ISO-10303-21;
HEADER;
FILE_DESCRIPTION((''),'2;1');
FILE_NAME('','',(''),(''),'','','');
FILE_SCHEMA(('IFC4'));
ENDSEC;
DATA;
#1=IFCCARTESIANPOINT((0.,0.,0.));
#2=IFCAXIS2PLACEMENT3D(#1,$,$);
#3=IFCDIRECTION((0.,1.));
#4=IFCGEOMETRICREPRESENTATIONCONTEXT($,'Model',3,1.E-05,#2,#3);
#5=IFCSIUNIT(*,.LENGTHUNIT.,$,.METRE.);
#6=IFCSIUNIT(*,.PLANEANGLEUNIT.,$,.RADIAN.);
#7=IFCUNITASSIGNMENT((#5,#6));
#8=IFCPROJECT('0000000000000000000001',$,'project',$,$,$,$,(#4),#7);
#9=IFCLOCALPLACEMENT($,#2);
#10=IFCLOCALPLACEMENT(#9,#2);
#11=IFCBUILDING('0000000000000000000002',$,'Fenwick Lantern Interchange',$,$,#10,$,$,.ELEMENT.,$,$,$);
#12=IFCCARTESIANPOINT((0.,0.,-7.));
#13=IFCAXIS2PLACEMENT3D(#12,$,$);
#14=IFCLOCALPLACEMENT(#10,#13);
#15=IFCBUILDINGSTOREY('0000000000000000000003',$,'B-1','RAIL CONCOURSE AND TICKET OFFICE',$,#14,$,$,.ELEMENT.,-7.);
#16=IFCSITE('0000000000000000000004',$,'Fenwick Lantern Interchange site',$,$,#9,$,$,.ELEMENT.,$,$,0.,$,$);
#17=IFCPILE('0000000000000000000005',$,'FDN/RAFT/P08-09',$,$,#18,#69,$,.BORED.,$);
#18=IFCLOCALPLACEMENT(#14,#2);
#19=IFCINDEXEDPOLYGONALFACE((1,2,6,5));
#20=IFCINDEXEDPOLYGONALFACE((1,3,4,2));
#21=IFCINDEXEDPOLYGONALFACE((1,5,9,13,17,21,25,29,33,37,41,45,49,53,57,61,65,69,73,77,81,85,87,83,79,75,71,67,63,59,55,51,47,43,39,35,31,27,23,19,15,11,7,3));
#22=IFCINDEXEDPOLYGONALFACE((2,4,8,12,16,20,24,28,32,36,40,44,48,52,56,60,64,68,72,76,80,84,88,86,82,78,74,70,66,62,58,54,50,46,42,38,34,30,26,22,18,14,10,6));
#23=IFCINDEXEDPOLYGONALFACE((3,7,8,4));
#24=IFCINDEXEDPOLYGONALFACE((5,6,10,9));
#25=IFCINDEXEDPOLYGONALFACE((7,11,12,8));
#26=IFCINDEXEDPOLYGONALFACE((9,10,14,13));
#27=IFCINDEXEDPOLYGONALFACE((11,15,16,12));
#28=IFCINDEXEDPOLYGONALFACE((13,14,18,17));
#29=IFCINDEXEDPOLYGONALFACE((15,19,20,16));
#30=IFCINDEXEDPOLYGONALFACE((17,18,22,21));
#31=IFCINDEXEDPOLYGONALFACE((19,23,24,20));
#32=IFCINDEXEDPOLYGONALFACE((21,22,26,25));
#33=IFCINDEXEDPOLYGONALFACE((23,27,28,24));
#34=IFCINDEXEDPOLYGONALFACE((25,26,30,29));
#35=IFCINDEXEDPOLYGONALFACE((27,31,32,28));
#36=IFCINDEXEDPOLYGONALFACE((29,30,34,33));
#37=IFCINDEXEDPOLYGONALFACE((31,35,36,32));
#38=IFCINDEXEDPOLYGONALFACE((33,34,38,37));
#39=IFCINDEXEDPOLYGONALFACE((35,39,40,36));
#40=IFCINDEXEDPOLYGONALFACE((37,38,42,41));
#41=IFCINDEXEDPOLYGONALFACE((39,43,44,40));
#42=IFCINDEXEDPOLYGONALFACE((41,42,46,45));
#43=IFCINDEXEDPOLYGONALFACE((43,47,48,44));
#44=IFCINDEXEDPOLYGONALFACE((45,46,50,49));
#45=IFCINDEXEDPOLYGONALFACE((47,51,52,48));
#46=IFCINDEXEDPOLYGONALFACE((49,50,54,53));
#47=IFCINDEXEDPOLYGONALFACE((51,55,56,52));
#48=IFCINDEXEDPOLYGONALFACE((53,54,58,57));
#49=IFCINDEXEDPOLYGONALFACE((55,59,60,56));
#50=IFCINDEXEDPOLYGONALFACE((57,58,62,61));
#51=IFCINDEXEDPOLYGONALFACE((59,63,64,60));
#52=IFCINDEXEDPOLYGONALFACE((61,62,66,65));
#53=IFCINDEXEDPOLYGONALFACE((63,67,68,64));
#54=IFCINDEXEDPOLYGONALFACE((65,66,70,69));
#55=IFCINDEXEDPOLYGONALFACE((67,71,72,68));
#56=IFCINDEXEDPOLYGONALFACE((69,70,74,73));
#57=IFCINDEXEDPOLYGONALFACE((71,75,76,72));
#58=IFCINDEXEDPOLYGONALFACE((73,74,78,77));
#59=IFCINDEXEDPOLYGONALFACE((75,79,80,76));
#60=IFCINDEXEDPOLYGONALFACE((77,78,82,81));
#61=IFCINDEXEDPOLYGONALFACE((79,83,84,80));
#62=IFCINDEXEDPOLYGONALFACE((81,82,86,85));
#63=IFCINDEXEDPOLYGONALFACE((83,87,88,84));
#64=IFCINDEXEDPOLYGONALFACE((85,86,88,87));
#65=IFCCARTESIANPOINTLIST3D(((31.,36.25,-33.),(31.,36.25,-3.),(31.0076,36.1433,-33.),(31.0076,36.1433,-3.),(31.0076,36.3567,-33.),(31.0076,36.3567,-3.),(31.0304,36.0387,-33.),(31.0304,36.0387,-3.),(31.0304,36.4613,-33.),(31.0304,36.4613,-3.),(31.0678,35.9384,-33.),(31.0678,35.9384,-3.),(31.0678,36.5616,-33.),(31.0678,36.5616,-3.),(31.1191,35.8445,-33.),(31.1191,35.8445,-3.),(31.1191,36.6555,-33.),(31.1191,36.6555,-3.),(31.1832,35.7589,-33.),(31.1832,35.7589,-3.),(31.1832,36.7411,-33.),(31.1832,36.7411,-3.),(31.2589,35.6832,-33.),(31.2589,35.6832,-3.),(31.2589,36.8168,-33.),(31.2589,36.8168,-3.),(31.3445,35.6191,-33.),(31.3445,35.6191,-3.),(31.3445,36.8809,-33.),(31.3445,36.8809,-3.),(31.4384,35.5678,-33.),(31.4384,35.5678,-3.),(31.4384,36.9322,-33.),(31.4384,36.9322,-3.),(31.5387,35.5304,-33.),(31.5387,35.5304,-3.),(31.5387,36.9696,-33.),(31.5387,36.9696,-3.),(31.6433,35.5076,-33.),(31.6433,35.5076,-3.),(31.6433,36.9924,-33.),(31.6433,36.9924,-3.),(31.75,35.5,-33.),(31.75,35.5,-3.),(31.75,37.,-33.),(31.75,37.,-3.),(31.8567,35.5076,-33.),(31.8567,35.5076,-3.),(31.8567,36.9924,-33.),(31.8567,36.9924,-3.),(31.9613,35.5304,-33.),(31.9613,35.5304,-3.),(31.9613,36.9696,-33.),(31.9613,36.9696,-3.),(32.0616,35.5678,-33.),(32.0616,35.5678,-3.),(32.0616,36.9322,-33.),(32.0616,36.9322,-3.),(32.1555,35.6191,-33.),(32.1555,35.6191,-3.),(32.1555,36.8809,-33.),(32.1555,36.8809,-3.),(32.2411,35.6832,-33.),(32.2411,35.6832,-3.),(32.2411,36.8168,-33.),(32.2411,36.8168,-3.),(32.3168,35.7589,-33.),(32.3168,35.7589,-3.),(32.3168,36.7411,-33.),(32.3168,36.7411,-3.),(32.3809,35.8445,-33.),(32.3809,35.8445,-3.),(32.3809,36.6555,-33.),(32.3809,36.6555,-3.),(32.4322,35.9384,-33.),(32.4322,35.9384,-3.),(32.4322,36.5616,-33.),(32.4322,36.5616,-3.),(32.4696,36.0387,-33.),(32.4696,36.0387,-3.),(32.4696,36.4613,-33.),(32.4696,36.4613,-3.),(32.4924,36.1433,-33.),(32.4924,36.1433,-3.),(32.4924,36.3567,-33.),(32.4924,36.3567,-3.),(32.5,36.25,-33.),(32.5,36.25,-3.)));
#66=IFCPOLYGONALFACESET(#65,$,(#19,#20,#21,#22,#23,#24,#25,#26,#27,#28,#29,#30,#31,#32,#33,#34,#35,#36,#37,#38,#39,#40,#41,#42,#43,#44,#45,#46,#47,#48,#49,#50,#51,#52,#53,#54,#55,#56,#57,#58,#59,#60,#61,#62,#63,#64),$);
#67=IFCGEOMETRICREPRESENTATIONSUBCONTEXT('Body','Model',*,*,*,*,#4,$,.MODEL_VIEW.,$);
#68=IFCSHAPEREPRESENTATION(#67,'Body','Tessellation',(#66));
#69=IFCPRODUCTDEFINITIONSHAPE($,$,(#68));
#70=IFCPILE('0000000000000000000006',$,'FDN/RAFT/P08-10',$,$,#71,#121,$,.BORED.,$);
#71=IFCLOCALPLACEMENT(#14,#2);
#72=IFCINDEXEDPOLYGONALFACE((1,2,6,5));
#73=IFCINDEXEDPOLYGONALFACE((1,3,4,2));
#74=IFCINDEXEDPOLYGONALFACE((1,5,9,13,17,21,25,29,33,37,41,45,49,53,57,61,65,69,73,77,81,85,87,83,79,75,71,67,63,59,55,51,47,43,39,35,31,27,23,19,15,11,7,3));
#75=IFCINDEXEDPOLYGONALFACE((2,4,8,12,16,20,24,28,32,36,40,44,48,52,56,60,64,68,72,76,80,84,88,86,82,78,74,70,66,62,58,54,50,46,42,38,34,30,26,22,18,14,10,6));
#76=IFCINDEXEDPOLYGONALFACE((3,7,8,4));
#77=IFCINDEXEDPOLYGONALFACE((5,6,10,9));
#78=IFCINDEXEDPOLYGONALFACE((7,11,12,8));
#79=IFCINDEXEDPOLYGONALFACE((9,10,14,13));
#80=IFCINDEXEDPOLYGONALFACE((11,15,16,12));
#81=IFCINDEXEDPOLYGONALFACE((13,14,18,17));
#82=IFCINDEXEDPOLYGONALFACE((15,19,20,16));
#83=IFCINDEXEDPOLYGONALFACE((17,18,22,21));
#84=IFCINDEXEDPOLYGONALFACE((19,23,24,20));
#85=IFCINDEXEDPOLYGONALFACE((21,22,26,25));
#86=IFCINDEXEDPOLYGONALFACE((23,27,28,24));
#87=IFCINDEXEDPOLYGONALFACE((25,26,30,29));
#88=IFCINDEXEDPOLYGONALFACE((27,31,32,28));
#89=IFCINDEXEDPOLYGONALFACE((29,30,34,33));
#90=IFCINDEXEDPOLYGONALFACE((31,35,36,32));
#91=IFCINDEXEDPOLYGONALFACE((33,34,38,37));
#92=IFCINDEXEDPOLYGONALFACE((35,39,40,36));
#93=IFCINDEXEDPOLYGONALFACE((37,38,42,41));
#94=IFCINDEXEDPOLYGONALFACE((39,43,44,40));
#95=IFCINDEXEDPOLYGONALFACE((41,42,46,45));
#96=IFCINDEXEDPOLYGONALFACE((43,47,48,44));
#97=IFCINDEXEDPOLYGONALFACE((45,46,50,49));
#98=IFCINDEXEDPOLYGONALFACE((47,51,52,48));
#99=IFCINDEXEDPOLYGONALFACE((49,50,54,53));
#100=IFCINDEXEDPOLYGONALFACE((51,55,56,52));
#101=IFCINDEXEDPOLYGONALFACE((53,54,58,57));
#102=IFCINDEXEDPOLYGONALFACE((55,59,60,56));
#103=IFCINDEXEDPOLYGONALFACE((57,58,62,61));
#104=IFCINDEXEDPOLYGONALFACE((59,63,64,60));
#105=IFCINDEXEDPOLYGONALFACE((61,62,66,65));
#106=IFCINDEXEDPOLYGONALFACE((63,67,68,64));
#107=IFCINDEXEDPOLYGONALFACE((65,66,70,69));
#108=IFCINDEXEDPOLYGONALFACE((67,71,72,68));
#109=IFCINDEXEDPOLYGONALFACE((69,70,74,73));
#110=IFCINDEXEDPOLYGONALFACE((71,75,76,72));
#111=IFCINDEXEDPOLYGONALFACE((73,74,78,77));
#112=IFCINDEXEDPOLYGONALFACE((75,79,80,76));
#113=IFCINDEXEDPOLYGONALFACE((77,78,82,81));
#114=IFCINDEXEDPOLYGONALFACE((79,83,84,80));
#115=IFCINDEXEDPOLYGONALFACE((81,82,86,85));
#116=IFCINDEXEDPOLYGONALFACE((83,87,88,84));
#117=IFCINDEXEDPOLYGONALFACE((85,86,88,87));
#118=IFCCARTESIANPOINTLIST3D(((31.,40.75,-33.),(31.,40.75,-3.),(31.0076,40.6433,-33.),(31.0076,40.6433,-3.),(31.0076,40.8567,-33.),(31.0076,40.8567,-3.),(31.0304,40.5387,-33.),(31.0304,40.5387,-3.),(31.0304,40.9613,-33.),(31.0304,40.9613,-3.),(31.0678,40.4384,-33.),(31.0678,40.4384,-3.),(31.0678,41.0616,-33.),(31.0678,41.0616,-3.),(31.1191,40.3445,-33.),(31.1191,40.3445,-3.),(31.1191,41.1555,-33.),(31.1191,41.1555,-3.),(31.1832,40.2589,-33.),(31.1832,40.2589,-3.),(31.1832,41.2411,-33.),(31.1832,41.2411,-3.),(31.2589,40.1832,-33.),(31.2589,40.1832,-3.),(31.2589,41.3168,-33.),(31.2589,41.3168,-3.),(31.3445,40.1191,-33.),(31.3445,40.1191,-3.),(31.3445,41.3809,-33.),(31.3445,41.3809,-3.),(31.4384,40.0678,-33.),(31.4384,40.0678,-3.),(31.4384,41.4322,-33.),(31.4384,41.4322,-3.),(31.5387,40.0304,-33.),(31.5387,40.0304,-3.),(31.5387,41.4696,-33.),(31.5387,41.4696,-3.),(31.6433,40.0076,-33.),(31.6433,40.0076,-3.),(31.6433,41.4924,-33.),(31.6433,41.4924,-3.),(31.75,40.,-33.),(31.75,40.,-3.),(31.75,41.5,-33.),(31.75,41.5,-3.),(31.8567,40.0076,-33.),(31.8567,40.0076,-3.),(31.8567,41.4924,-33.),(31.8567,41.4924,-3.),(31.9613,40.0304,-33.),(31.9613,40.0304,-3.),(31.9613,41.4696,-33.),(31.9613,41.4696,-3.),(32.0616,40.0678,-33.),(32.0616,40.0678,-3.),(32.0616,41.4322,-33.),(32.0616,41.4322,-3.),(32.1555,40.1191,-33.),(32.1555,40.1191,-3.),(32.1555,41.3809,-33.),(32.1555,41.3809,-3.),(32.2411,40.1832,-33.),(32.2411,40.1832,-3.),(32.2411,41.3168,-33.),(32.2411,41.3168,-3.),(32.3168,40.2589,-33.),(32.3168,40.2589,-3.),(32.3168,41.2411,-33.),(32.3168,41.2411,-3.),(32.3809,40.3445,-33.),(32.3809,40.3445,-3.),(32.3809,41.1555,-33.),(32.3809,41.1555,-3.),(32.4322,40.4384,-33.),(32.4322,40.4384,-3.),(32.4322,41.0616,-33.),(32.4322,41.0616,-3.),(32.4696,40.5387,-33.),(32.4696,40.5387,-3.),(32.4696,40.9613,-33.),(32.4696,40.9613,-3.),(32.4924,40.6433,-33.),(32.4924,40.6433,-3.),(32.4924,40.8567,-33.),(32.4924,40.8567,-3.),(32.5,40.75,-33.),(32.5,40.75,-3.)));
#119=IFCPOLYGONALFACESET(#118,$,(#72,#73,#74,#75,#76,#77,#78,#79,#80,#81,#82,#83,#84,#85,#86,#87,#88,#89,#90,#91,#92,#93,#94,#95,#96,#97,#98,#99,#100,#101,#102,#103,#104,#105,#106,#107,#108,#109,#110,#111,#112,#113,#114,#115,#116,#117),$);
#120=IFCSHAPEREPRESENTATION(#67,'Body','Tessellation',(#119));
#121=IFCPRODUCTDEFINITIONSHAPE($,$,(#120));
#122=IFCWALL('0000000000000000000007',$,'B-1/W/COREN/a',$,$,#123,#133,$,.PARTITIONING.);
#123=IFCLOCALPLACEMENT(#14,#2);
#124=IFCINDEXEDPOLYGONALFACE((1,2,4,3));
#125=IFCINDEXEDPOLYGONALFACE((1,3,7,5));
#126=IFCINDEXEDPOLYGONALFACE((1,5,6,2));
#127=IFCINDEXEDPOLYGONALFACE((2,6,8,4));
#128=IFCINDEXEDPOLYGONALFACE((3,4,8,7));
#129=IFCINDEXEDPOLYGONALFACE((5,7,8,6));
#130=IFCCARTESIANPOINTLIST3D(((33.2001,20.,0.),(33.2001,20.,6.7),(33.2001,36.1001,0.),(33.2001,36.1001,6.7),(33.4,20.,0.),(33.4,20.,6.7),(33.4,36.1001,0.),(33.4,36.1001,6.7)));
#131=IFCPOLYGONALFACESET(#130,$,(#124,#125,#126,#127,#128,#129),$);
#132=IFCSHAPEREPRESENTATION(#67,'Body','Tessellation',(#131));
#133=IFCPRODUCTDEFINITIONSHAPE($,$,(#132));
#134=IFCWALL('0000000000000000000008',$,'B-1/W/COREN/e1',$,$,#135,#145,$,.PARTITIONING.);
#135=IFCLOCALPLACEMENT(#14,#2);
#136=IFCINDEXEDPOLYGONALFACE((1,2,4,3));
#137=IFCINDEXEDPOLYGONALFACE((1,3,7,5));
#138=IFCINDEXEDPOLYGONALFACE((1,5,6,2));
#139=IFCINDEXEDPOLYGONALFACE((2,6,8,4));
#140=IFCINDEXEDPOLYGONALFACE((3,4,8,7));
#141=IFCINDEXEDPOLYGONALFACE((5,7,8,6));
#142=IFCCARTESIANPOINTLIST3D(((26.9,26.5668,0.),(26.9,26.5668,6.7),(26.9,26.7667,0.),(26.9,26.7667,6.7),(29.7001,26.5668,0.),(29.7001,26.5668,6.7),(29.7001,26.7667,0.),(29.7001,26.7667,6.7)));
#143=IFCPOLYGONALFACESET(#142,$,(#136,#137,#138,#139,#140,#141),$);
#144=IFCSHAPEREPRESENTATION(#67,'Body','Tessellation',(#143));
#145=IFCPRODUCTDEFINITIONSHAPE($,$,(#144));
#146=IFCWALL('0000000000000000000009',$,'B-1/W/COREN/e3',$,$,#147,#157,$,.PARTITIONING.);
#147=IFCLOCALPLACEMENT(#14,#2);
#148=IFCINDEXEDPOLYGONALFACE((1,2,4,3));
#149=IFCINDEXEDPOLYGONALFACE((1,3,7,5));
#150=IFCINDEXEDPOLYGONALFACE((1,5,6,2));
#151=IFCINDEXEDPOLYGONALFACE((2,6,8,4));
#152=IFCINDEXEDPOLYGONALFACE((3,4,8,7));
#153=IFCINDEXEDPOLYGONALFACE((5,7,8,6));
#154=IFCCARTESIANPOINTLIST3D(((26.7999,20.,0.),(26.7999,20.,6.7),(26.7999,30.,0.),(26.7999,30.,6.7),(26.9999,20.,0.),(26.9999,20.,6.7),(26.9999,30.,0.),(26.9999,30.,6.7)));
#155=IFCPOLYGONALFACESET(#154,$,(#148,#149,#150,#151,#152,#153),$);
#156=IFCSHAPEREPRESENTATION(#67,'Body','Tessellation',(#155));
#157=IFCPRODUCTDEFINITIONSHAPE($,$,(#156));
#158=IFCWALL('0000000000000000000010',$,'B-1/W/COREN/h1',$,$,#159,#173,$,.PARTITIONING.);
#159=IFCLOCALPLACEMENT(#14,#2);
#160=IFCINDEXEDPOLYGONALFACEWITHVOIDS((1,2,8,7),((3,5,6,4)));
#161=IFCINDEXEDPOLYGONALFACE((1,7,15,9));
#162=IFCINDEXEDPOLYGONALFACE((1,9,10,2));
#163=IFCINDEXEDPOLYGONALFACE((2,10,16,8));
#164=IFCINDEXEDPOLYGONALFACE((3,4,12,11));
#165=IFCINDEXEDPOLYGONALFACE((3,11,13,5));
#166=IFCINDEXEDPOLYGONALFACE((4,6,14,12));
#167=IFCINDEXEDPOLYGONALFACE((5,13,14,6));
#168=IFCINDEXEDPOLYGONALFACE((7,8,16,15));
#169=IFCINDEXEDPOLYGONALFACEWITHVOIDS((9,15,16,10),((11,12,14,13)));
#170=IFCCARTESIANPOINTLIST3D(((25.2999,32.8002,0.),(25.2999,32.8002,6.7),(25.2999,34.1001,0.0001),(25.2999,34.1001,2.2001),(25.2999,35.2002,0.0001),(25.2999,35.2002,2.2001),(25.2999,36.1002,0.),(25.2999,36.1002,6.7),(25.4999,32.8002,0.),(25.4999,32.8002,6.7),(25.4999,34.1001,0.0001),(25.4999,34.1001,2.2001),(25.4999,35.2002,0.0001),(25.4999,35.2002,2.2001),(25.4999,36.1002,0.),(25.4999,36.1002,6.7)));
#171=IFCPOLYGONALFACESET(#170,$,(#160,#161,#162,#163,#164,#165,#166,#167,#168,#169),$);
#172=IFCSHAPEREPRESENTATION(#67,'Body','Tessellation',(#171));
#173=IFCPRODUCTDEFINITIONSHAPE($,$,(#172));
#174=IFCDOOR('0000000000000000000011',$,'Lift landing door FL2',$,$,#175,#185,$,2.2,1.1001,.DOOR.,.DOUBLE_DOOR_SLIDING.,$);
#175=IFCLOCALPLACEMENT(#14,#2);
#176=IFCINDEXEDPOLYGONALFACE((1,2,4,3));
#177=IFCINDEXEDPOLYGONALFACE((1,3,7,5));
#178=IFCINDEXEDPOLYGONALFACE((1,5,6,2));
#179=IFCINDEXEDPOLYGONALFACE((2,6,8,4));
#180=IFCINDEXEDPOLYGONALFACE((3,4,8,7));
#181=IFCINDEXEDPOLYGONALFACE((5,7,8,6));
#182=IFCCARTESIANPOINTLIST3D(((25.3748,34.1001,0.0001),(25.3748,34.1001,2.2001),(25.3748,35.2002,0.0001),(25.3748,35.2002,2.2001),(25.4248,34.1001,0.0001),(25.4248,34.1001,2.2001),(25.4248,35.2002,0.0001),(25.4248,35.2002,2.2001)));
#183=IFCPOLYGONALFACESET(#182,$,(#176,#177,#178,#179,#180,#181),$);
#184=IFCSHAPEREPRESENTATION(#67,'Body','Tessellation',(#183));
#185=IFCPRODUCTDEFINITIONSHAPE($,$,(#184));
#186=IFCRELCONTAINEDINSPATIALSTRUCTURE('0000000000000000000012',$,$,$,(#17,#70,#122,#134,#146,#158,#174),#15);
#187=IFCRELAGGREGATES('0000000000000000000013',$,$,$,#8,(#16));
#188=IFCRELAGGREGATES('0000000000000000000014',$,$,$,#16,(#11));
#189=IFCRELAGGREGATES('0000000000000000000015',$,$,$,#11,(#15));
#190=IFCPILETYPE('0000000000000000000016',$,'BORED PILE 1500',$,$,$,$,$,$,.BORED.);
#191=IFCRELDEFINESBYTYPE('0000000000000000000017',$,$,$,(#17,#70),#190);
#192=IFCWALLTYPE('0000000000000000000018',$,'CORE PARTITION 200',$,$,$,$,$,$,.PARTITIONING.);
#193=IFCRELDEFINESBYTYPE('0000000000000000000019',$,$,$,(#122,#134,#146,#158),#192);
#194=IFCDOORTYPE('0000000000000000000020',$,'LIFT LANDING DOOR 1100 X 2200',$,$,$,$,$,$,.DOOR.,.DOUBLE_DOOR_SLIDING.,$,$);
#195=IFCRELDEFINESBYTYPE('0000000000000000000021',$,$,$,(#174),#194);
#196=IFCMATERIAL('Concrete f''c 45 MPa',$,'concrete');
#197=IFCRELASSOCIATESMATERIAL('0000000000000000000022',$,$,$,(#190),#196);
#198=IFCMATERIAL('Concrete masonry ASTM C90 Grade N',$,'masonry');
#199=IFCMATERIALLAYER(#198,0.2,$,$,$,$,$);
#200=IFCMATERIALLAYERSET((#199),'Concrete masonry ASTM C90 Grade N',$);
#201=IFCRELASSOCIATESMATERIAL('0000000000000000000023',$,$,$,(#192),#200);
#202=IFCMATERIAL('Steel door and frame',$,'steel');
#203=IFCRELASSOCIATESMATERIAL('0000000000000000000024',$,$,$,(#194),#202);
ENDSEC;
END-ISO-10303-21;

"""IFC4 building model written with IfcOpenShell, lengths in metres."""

from ifc_helpers import new_model, si_unit, direction, frame, frame_2d, origin, origin_2d, place, context, subcontext, project, spatial, rectangle, circle, extrude, material, layer, layer_set, type_object, element, fill, save


model = new_model("IFC4")

# Units and contexts
model_context = context("Model", 3, precision=1e-05, world=origin(), true_north=direction((0.0, 1.0)))
body_context = subcontext(model_context, "Body", "Model", "MODEL_VIEW")
ifc_project = project(units=[si_unit("LENGTHUNIT", "METRE"), si_unit("PLANEANGLEUNIT", "RADIAN")], contexts=[model_context])

# Site, building, storey
site_placement = place(None, origin())
site = spatial("IfcSite", under=ifc_project, at=site_placement, Name="Fenwick Lantern Interchange site", CompositionType="ELEMENT", RefElevation=0.0)
building_placement = place(site_placement, origin())
building = spatial("IfcBuilding", under=site, at=building_placement, Name="Fenwick Lantern Interchange", CompositionType="ELEMENT")
storey_placement = place(building_placement, frame((0.0, 0.0, -7.0)))
storey = spatial("IfcBuildingStorey", under=building, at=storey_placement, Name="B-1", Description="RAIL CONCOURSE AND TICKET OFFICE", CompositionType="ELEMENT", Elevation=-7.0)

# Piles
ifc_material_1 = material(Name="Concrete f'c 45 MPa", Category="concrete")
pile_type = type_object("IfcPileType", Name="BORED PILE 1500", PredefinedType="BORED", material=ifc_material_1)
for number, where, z_axis, x_axis, name in (
    (1, (31.75, 36.25, -3.0), (0.0, 0.0, -1.0), (1.0, 0.0, 0.0), "FDN/RAFT/P08-09"),
    (2, (31.75, 40.75, -3.0), (0.0, 0.0, -1.0), (1.0, 0.0, 0.0), "FDN/RAFT/P08-10"),
):
    element("IfcPile", number, at=place(storey_placement, frame(where, z_axis=z_axis, x_axis=x_axis)), inside=storey, type_object=pile_type, Name=name, PredefinedType="BORED", context=body_context, shape_type="SweptSolid", body=[
        extrude(circle(Radius=0.75, at=origin_2d()), origin(), (0.0, 0.0, 1.0), 30.0),
    ])

# Walls
ifc_material_2 = material(Name="Concrete masonry ASTM C90 Grade N", Category="masonry")
ifc_layer_1 = layer(ifc_material_2, 0.2)
ifc_layer_set_1 = layer_set([ifc_layer_1], Name="Concrete masonry ASTM C90 Grade N")
wall_type_1 = type_object("IfcWallType", Name="CORE PARTITION 200", PredefinedType="PARTITIONING", material=ifc_layer_set_1)
wall_1_placement = place(storey_placement, frame((33.3, 36.1001, 0.0), z_axis=(0.0, 0.0, 1.0), x_axis=(0.0, -1.0, 0.0)))
element("IfcWall", 3, at=wall_1_placement, inside=storey, type_object=wall_type_1, Name="B-1/W/COREN/a", PredefinedType="PARTITIONING", context=body_context, shape_type="SweptSolid", body=[
    extrude(rectangle(XDim=16.1001, YDim=0.2, at=frame_2d((8.05, 0.0))), origin(), (0.0, 0.0, 1.0), 6.7),
])
wall_2_placement = place(storey_placement, frame((29.7, 26.6667, 0.0), z_axis=(0.0, 0.0, 1.0), x_axis=(-1.0, 0.0, 0.0)))
element("IfcWall", 4, at=wall_2_placement, inside=storey, type_object=wall_type_1, Name="B-1/W/COREN/e1", PredefinedType="PARTITIONING", context=body_context, shape_type="SweptSolid", body=[
    extrude(rectangle(XDim=2.8, YDim=0.2, at=frame_2d((1.3999, 0.0))), origin(), (0.0, 0.0, 1.0), 6.7),
])
wall_3_placement = place(storey_placement, frame((26.8999, 30.0, 0.0), z_axis=(0.0, 0.0, 1.0), x_axis=(0.0, -1.0, 0.0)))
element("IfcWall", 5, at=wall_3_placement, inside=storey, type_object=wall_type_1, Name="B-1/W/COREN/e3", PredefinedType="PARTITIONING", context=body_context, shape_type="SweptSolid", body=[
    extrude(rectangle(XDim=10.0, YDim=0.2, at=frame_2d((5.0, 0.0))), origin(), (0.0, 0.0, 1.0), 6.7),
])

# Wall, opening, door
wall_4_placement = place(storey_placement, frame((25.3999, 36.1001, 0.0), z_axis=(0.0, 0.0, 1.0), x_axis=(0.0, -1.0, 0.0)))
wall_4 = element("IfcWall", 6, at=wall_4_placement, inside=storey, type_object=wall_type_1, Name="B-1/W/COREN/h1", PredefinedType="PARTITIONING", context=body_context, shape_type="SweptSolid", body=[
    extrude(rectangle(XDim=3.3, YDim=0.2, at=frame_2d((1.6499, 0.0))), origin(), (0.0, 0.0, 1.0), 6.7),
])
opening_1_placement = place(wall_4_placement, frame((0.8999, 0.0, 0.0)))
opening_1 = element("IfcOpeningElement", 7, at=opening_1_placement, cuts=wall_4, PredefinedType="OPENING", context=body_context, shape_type="SweptSolid", body=[
    extrude(rectangle(XDim=1.1001, YDim=2.2, at=frame_2d((0.55, 1.1001))), frame((0.0, 0.1099, 0.0), z_axis=(0.0, -1.0, 0.0), x_axis=(1.0, 0.0, 0.0)), (0.0, 0.0, 1.0), 0.22),
])
ifc_material_3 = material(Name="Steel door and frame", Category="steel")
door_type_1 = type_object("IfcDoorType", Name="LIFT LANDING DOOR 1100 X 2200", OperationType="DOUBLE_DOOR_SLIDING", PredefinedType="DOOR", material=ifc_material_3)
door_1_placement = place(opening_1_placement, origin())
door_1 = element("IfcDoor", 8, at=door_1_placement, inside=storey, type_object=door_type_1, Name="Lift landing door FL2", OperationType="DOUBLE_DOOR_SLIDING", OverallHeight=2.2, OverallWidth=1.1001, PredefinedType="DOOR", context=body_context, shape_type="SweptSolid", body=[
    extrude(rectangle(XDim=1.1001, YDim=2.2, at=frame_2d((0.55, 1.1001))), frame((0.0, 0.0249, 0.0), z_axis=(0.0, -1.0, 0.0), x_axis=(1.0, 0.0, 0.0)), (0.0, 0.0, 1.0), 0.05),
])
fill(opening_1, door_1)

save(model, "model.ifc")
